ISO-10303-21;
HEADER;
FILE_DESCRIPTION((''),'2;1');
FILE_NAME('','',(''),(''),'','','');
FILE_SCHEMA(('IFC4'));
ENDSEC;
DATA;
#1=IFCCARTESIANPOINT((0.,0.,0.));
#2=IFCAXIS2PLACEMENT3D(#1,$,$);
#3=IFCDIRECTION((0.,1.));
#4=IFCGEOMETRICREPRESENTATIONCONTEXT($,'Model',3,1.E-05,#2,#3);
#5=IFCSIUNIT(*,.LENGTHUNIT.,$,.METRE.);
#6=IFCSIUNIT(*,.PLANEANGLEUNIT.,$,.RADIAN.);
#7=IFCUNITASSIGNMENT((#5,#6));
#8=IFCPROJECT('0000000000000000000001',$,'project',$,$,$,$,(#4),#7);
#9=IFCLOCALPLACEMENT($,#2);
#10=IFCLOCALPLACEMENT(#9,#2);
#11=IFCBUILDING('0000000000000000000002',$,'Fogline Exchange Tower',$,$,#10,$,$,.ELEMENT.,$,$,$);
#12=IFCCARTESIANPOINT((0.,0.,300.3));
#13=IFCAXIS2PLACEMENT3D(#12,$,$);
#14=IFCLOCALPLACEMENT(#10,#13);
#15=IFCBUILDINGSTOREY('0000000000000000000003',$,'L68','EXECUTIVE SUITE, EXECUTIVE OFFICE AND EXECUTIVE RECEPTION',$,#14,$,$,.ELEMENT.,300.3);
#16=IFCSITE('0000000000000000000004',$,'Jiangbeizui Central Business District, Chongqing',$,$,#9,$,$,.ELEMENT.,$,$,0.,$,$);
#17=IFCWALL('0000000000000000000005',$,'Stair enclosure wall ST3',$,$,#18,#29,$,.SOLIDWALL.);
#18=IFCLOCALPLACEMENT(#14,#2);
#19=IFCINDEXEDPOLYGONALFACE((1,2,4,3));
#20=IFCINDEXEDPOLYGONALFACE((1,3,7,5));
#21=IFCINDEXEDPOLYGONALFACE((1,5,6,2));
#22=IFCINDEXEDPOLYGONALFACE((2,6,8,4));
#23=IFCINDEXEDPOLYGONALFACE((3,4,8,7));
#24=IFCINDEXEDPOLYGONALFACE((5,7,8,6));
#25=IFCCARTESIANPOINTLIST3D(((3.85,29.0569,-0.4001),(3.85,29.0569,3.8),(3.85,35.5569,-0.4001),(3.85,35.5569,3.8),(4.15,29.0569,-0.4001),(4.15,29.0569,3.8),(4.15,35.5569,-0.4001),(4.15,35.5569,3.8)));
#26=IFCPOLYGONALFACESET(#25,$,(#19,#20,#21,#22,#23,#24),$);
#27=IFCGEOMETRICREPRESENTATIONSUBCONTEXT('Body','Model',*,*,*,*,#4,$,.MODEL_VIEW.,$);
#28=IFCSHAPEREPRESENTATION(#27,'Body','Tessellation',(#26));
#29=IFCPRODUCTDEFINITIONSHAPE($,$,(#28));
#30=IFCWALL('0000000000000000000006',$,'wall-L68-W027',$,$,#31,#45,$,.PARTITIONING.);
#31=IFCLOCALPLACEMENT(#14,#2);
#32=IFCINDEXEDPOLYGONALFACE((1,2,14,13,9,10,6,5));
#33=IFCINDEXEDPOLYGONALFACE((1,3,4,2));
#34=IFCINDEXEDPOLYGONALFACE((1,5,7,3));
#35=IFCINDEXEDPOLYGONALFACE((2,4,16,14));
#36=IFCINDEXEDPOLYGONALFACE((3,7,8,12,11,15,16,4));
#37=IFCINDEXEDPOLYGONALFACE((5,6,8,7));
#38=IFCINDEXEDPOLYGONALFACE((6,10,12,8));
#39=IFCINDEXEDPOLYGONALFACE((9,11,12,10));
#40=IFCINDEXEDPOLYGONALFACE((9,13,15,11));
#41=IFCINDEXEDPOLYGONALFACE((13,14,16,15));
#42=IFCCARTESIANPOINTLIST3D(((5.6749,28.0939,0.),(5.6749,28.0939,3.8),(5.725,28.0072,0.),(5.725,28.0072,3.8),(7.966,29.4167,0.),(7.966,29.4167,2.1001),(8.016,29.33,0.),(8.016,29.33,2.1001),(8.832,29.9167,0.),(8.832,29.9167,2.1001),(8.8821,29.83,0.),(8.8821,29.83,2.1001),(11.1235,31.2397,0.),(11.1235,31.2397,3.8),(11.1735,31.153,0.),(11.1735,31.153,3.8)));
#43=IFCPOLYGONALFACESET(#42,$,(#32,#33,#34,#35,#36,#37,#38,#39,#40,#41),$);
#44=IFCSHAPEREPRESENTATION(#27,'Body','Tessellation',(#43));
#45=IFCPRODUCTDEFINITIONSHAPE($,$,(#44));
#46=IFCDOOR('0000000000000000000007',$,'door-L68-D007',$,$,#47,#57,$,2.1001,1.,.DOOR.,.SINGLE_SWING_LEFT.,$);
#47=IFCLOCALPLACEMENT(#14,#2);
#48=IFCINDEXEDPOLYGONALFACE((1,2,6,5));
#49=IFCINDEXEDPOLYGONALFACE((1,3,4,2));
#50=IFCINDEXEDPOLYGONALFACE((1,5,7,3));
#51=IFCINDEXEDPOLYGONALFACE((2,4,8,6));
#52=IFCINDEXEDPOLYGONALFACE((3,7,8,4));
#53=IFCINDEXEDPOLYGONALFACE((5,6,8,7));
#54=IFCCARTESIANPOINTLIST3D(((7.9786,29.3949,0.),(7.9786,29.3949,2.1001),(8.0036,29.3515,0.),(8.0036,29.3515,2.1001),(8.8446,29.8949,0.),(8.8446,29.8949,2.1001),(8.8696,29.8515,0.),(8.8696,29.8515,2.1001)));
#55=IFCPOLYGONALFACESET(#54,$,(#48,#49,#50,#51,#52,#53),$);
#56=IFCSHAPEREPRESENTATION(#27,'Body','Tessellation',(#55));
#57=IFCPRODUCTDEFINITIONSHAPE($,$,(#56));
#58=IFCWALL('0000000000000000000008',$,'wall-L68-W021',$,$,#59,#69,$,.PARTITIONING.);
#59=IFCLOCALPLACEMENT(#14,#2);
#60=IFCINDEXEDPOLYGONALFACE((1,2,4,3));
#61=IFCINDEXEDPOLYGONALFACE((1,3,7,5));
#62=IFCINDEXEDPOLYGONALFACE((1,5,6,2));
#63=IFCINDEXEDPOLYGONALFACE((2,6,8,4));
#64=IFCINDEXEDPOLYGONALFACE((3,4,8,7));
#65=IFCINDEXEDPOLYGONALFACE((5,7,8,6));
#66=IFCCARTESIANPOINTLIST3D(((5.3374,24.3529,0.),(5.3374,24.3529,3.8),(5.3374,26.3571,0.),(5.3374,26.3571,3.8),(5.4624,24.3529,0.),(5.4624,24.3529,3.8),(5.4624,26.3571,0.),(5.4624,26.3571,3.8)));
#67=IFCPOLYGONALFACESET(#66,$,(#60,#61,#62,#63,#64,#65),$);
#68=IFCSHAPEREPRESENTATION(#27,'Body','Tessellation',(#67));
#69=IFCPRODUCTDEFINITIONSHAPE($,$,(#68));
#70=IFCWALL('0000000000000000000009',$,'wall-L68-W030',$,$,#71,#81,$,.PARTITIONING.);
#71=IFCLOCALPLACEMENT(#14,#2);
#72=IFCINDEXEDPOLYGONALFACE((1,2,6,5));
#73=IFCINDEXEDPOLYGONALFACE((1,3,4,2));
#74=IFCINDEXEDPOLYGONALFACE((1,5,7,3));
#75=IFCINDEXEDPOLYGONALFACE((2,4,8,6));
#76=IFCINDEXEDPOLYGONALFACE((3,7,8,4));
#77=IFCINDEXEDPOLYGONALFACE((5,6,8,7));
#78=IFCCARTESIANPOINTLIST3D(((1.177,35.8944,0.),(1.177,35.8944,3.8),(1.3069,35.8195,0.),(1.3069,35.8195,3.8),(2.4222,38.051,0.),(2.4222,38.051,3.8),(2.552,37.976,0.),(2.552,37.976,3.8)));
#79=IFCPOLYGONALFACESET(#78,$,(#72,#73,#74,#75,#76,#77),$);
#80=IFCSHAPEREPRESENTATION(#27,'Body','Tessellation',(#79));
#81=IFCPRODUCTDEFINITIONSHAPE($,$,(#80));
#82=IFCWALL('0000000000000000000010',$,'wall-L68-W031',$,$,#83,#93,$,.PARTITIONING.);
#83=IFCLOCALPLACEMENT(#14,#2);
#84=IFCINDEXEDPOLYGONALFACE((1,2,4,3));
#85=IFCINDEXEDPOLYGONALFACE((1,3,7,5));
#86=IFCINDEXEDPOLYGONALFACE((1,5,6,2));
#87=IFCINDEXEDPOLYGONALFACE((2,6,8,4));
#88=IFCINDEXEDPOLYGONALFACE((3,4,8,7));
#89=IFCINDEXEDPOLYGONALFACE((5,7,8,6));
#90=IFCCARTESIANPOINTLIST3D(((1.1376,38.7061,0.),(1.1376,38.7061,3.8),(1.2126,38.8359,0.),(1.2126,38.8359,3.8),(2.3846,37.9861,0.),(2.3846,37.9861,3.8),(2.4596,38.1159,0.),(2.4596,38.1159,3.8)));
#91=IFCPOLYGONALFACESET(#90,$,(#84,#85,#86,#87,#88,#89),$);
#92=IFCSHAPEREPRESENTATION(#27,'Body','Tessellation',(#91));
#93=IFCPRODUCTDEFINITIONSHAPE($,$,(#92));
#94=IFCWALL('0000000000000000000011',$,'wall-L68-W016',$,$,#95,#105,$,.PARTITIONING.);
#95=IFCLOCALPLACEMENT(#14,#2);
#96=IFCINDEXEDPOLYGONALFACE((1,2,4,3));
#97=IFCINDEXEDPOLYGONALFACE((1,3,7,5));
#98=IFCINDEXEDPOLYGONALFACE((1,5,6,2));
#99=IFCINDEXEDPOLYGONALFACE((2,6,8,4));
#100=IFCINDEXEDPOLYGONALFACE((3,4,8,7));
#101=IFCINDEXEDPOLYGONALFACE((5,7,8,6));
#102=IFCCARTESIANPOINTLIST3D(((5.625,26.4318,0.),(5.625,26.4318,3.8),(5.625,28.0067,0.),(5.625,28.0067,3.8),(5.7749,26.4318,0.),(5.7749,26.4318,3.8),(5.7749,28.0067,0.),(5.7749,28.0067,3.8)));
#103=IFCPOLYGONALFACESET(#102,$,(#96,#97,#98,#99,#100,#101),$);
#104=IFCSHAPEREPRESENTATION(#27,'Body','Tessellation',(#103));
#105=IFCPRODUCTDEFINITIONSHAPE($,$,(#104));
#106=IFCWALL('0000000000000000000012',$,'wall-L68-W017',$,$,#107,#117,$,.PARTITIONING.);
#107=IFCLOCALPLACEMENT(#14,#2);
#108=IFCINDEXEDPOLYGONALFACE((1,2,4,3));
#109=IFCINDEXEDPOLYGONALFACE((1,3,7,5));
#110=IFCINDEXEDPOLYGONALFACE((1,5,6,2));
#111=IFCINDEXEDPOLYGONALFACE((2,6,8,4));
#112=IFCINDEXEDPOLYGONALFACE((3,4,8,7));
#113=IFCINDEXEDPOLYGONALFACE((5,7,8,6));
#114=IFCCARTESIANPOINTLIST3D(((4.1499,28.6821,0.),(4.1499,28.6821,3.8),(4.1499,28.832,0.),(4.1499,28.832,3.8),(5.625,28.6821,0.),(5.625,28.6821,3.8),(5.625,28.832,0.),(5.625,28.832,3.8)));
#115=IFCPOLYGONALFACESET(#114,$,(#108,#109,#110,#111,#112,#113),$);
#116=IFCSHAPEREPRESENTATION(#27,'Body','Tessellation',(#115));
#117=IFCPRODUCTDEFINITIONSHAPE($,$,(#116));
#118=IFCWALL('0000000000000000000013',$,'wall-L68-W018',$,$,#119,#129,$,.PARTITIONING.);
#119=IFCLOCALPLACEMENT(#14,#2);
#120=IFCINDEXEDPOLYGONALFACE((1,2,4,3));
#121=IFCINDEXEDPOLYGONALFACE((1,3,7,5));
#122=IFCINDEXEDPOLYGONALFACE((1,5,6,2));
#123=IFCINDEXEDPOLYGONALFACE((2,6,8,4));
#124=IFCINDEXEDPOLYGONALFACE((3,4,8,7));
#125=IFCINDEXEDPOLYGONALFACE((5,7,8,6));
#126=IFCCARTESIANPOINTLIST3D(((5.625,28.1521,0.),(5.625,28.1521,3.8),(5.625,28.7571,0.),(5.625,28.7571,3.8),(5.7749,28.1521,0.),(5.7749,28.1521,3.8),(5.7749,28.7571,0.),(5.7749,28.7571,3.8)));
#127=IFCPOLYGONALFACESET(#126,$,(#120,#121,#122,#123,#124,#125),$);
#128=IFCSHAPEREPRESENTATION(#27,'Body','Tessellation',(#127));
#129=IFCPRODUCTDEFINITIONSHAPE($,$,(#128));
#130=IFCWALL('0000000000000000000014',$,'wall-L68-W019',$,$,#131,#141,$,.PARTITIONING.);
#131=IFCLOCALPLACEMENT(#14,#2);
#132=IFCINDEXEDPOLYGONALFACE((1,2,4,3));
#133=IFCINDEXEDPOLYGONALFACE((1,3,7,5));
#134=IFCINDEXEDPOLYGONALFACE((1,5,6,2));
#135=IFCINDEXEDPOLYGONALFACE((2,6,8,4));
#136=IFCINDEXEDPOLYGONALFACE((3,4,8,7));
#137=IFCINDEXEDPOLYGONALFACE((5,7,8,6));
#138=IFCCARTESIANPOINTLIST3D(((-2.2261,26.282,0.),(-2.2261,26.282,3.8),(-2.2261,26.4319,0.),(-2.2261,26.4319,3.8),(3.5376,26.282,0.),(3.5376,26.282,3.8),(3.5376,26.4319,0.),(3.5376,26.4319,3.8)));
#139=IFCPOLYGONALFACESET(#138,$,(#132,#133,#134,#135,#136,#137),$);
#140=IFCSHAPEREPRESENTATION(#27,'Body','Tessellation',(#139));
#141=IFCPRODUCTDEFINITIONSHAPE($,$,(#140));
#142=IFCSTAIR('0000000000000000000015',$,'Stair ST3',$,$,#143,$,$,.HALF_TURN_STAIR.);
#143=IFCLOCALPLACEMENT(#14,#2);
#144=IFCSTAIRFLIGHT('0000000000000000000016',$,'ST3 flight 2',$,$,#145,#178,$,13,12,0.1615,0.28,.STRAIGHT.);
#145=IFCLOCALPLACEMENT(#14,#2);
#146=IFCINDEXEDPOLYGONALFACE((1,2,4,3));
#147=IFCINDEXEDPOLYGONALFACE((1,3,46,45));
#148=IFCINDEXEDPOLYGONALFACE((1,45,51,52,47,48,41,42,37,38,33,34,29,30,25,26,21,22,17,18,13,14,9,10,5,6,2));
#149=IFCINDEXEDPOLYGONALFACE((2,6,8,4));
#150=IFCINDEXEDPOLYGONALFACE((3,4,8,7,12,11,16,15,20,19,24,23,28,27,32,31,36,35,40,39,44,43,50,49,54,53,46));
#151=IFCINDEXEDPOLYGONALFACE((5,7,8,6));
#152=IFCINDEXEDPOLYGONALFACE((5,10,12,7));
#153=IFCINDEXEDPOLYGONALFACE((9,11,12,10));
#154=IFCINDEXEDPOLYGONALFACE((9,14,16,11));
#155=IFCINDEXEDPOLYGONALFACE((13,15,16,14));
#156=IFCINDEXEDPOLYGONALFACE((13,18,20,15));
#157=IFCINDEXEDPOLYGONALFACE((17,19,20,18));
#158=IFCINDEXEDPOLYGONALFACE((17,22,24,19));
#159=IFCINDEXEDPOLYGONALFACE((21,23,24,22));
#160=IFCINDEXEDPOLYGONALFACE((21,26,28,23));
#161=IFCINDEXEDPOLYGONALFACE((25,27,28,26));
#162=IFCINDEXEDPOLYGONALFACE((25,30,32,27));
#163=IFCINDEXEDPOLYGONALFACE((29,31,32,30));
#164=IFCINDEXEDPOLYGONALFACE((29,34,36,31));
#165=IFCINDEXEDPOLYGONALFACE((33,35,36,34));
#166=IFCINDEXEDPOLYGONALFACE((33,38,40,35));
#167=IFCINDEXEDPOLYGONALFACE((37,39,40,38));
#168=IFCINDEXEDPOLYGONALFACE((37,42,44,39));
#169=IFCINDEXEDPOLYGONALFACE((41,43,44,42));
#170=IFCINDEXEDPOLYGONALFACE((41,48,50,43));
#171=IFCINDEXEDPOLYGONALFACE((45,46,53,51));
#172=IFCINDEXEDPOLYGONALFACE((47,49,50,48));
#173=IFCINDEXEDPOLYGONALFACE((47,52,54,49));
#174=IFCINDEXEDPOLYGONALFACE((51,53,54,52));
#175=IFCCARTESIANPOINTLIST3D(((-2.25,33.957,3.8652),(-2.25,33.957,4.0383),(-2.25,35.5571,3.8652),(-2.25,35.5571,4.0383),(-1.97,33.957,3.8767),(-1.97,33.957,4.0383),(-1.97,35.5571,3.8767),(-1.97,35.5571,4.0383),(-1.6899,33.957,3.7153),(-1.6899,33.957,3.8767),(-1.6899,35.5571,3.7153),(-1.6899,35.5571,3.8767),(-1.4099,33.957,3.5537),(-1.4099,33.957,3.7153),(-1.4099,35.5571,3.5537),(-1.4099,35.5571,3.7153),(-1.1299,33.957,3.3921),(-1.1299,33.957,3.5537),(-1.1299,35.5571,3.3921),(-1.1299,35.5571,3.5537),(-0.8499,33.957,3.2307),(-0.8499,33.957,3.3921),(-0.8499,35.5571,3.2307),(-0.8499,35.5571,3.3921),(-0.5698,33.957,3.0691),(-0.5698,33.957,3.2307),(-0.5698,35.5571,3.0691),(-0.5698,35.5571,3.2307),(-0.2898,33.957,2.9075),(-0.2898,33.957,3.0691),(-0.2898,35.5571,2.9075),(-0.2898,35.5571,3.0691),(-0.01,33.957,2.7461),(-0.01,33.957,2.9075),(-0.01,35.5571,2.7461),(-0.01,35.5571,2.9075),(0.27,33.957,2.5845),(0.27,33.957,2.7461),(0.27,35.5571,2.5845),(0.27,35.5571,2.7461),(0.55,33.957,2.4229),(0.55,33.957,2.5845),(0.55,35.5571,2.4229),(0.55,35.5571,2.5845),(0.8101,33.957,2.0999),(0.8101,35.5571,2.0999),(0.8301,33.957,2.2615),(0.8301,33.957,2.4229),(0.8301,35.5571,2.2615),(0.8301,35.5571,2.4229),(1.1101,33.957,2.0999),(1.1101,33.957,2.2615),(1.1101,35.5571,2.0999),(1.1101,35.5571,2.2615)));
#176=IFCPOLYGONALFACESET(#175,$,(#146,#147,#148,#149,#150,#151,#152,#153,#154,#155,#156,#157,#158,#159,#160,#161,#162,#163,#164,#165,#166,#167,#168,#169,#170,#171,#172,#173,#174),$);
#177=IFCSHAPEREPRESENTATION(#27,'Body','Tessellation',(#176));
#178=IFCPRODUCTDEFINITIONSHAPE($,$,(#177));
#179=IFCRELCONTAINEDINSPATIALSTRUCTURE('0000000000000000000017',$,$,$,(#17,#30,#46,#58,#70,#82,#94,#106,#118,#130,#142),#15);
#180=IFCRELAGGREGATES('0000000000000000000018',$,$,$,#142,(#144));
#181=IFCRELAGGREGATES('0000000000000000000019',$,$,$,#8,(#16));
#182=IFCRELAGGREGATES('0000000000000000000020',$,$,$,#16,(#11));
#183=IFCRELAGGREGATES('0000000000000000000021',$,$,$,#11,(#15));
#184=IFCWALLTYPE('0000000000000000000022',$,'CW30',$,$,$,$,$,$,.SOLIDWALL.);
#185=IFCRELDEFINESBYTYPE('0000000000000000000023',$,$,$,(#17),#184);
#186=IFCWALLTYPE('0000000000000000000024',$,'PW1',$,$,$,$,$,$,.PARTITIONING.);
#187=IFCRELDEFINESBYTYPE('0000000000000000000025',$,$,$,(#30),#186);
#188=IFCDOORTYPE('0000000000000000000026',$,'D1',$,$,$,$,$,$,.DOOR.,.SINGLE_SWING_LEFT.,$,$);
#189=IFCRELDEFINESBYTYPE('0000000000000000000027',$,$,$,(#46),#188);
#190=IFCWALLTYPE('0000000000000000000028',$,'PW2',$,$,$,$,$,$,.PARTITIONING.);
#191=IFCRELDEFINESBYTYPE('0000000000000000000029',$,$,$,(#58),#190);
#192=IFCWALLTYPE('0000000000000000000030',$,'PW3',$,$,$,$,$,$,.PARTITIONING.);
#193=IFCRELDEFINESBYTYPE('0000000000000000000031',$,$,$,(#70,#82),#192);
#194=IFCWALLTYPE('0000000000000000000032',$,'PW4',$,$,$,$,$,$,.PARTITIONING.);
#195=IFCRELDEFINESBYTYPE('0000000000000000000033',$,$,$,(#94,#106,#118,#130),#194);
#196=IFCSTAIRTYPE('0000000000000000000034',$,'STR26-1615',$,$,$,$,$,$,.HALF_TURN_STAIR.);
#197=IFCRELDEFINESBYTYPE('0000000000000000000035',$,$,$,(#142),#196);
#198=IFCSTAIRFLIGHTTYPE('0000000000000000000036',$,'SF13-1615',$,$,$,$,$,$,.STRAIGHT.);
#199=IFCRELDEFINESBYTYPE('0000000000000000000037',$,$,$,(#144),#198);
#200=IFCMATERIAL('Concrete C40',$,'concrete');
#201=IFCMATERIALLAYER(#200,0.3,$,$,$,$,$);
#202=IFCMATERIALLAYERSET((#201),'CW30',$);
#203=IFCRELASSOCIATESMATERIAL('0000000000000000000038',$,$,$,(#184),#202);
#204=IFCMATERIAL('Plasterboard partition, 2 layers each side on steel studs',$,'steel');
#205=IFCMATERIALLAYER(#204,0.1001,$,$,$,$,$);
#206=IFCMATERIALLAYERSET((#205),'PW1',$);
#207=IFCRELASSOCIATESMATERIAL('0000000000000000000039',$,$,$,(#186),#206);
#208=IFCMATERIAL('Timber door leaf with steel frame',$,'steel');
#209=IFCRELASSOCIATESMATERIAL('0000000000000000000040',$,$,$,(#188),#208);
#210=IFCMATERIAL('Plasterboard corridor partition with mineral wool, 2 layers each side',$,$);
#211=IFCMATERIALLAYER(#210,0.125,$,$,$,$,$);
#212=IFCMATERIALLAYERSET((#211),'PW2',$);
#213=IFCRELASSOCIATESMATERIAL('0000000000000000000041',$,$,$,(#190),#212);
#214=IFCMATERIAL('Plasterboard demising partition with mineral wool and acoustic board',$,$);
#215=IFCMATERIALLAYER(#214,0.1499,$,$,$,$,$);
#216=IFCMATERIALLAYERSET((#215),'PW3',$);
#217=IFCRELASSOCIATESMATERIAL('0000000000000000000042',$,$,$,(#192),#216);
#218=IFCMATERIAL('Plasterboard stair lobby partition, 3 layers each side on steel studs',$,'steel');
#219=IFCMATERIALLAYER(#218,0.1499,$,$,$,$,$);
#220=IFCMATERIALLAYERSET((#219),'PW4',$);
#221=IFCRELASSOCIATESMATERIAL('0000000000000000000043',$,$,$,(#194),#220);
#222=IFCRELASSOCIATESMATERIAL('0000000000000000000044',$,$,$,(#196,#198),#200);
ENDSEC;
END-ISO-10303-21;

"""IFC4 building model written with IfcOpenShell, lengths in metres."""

from ifc_helpers import new_model, si_unit, direction, frame, frame_2d, origin, place, context, subcontext, project, spatial, polyline, rectangle, outline, extrude, material, layer, layer_set, type_object, element, fill, aggregate, save


model = new_model("IFC4")

# Units and contexts
model_context = context("Model", 3, precision=1e-05, world=origin(), true_north=direction((0.0, 1.0)))
body_context = subcontext(model_context, "Body", "Model", "MODEL_VIEW")
ifc_project = project(units=[si_unit("LENGTHUNIT", "METRE"), si_unit("PLANEANGLEUNIT", "RADIAN")], contexts=[model_context])

# Site, building, storey
site_placement = place(None, origin())
site = spatial("IfcSite", under=ifc_project, at=site_placement, Name="Jiangbeizui Central Business District, Chongqing", CompositionType="ELEMENT", RefElevation=0.0)
building_placement = place(site_placement, origin())
building = spatial("IfcBuilding", under=site, at=building_placement, Name="Fogline Exchange Tower", CompositionType="ELEMENT")
storey_placement = place(building_placement, frame((0.0, 0.0, 300.3)))
storey = spatial("IfcBuildingStorey", under=building, at=storey_placement, Name="L68", Description="EXECUTIVE SUITE, EXECUTIVE OFFICE AND EXECUTIVE RECEPTION", CompositionType="ELEMENT", Elevation=300.3)

# Shared definitions
ifc_material_1 = material(Name="Concrete C40", Category="concrete")

# Wall
ifc_layer_1 = layer(ifc_material_1, 0.3)
ifc_layer_set_1 = layer_set([ifc_layer_1], Name="CW30")
wall_type_1 = type_object("IfcWallType", Name="CW30", PredefinedType="SOLIDWALL", material=ifc_layer_set_1)
wall_1_placement = place(storey_placement, frame((4.0, 29.0569, -0.4001), z_axis=(0.0, 0.0, 1.0), x_axis=(0.0, 1.0, 0.0)))
element("IfcWall", 1, at=wall_1_placement, inside=storey, type_object=wall_type_1, Name="Stair enclosure wall ST3", PredefinedType="SOLIDWALL", context=body_context, shape_type="SweptSolid", body=[
    extrude(rectangle(XDim=6.5, YDim=0.3, at=frame_2d((3.25, 0.0))), origin(), (0.0, 0.0, 1.0), 4.2002),
])

# Wall, opening, door
ifc_material_2 = material(Name="Plasterboard partition, 2 layers each side on steel studs", Category="steel")
ifc_layer_2 = layer(ifc_material_2, 0.1001)
ifc_layer_set_2 = layer_set([ifc_layer_2], Name="PW1")
wall_type_2 = type_object("IfcWallType", Name="PW1", PredefinedType="PARTITIONING", material=ifc_layer_set_2)
wall_2_placement = place(storey_placement, frame((5.7, 28.0505, 0.0), z_axis=(0.0, 0.0, 1.0), x_axis=(0.866021, 0.500008, 0.0)))
wall_2 = element("IfcWall", 2, at=wall_2_placement, inside=storey, type_object=wall_type_2, Name="wall-L68-W027", PredefinedType="PARTITIONING", context=body_context, shape_type="SweptSolid", body=[
    extrude(rectangle(XDim=6.2915, YDim=0.1001, at=frame_2d((3.1458, 0.0))), origin(), (0.0, 0.0, 1.0), 3.8),
])
opening_1_placement = place(wall_2_placement, frame((2.6455, 0.0, 0.0)))
opening_1 = element("IfcOpeningElement", 3, at=opening_1_placement, cuts=wall_2, PredefinedType="OPENING", context=body_context, shape_type="SweptSolid", body=[
    extrude(rectangle(XDim=1.0, YDim=2.1001, at=frame_2d((0.5, 1.05))), frame((0.0, 0.0601, 0.0), z_axis=(0.0, -1.0, 0.0), x_axis=(1.0, 0.0, 0.0)), (0.0, 0.0, 1.0), 0.1201),
])
ifc_material_3 = material(Name="Timber door leaf with steel frame", Category="steel")
door_type_1 = type_object("IfcDoorType", Name="D1", OperationType="SINGLE_SWING_LEFT", PredefinedType="DOOR", material=ifc_material_3)
door_1_placement = place(opening_1_placement, origin())
door_1 = element("IfcDoor", 4, at=door_1_placement, inside=storey, type_object=door_type_1, Name="door-L68-D007", OperationType="SINGLE_SWING_LEFT", OverallHeight=2.1001, OverallWidth=1.0, PredefinedType="DOOR", context=body_context, shape_type="SweptSolid", body=[
    extrude(rectangle(XDim=1.0, YDim=2.1001, at=frame_2d((0.5, 1.05))), frame((0.0, 0.0249, 0.0), z_axis=(0.0, -1.0, 0.0), x_axis=(1.0, 0.0, 0.0)), (0.0, 0.0, 1.0), 0.05),
])
fill(opening_1, door_1)

# Walls
ifc_material_4 = material(Name="Plasterboard corridor partition with mineral wool, 2 layers each side")
ifc_layer_3 = layer(ifc_material_4, 0.125)
ifc_layer_set_3 = layer_set([ifc_layer_3], Name="PW2")
wall_type_3 = type_object("IfcWallType", Name="PW2", PredefinedType="PARTITIONING", material=ifc_layer_set_3)
wall_3_placement = place(storey_placement, frame((5.3999, 26.3569, 0.0), z_axis=(0.0, 0.0, 1.0), x_axis=(0.0, -1.0, 0.0)))
element("IfcWall", 5, at=wall_3_placement, inside=storey, type_object=wall_type_3, Name="wall-L68-W021", PredefinedType="PARTITIONING", context=body_context, shape_type="SweptSolid", body=[
    extrude(rectangle(XDim=2.0042, YDim=0.125, at=frame_2d((1.002, 0.0))), origin(), (0.0, 0.0, 1.0), 3.8),
])
ifc_material_5 = material(Name="Plasterboard demising partition with mineral wool and acoustic board")
ifc_layer_4 = layer(ifc_material_5, 0.1499)
ifc_layer_set_4 = layer_set([ifc_layer_4], Name="PW3")
wall_type_4 = type_object("IfcWallType", Name="PW3", PredefinedType="PARTITIONING", material=ifc_layer_set_4)
wall_4_placement = place(storey_placement, frame((1.2419, 35.8569, 0.0), z_axis=(0.0, 0.0, 1.0), x_axis=(0.500019, 0.866014, 0.0)))
element("IfcWall", 6, at=wall_4_placement, inside=storey, type_object=wall_type_4, Name="wall-L68-W030", PredefinedType="PARTITIONING", context=body_context, shape_type="SweptSolid", body=[
    extrude(rectangle(XDim=2.4902, YDim=0.1499, at=frame_2d((1.2451, 0.0))), origin(), (0.0, 0.0, 1.0), 3.8),
])
wall_5_placement = place(storey_placement, frame((2.4221, 38.051, 0.0), z_axis=(0.0, 0.0, 1.0), x_axis=(-0.866033, 0.499987, 0.0)))
element("IfcWall", 7, at=wall_5_placement, inside=storey, type_object=wall_type_4, Name="wall-L68-W031", PredefinedType="PARTITIONING", context=body_context, shape_type="SweptSolid", body=[
    extrude(rectangle(XDim=1.4399, YDim=0.1499, at=frame_2d((0.72, 0.0))), origin(), (0.0, 0.0, 1.0), 3.8),
])
ifc_material_6 = material(Name="Plasterboard stair lobby partition, 3 layers each side on steel studs", Category="steel")
ifc_layer_5 = layer(ifc_material_6, 0.1499)
ifc_layer_set_5 = layer_set([ifc_layer_5], Name="PW4")
wall_type_5 = type_object("IfcWallType", Name="PW4", PredefinedType="PARTITIONING", material=ifc_layer_set_5)
wall_6_placement = place(storey_placement, frame((5.7, 28.0068, 0.0), z_axis=(0.0, 0.0, 1.0), x_axis=(0.0, -1.0, 0.0)))
element("IfcWall", 8, at=wall_6_placement, inside=storey, type_object=wall_type_5, Name="wall-L68-W016", PredefinedType="PARTITIONING", context=body_context, shape_type="SweptSolid", body=[
    extrude(rectangle(XDim=1.575, YDim=0.1499, at=frame_2d((0.7876, 0.0))), origin(), (0.0, 0.0, 1.0), 3.8),
])
wall_7_placement = place(storey_placement, frame((4.1499, 28.7571, 0.0), z_axis=(0.0, 0.0, 1.0), x_axis=(1.0, 0.0, 0.0)))
element("IfcWall", 9, at=wall_7_placement, inside=storey, type_object=wall_type_5, Name="wall-L68-W017", PredefinedType="PARTITIONING", context=body_context, shape_type="SweptSolid", body=[
    extrude(rectangle(XDim=1.4751, YDim=0.1499, at=frame_2d((0.7375, 0.0))), origin(), (0.0, 0.0, 1.0), 3.8),
])
wall_8_placement = place(storey_placement, frame((5.7, 28.7571, 0.0), z_axis=(0.0, 0.0, 1.0), x_axis=(0.0, -1.0, 0.0)))
element("IfcWall", 10, at=wall_8_placement, inside=storey, type_object=wall_type_5, Name="wall-L68-W018", PredefinedType="PARTITIONING", context=body_context, shape_type="SweptSolid", body=[
    extrude(rectangle(XDim=0.605, YDim=0.1499, at=frame_2d((0.3025, 0.0))), origin(), (0.0, 0.0, 1.0), 3.8),
])
wall_9_placement = place(storey_placement, frame((3.5376, 26.3569, 0.0), z_axis=(0.0, 0.0, 1.0), x_axis=(-1.0, 0.0, 0.0)))
element("IfcWall", 11, at=wall_9_placement, inside=storey, type_object=wall_type_5, Name="wall-L68-W019", PredefinedType="PARTITIONING", context=body_context, shape_type="SweptSolid", body=[
    extrude(rectangle(XDim=5.7637, YDim=0.1499, at=frame_2d((2.8818, 0.0))), origin(), (0.0, 0.0, 1.0), 3.8),
])

# Stair, stair flight
stair_type = type_object("IfcStairType", Name="STR26-1615", PredefinedType="HALF_TURN_STAIR", material=ifc_material_1)
stair_placement = place(storey_placement, origin())
stair = element("IfcStair", 12, at=stair_placement, inside=storey, type_object=stair_type, Name="Stair ST3", PredefinedType="HALF_TURN_STAIR")
stair_flight_type = type_object("IfcStairFlightType", Name="SF13-1615", PredefinedType="STRAIGHT", material=ifc_material_1)
stair_flight_placement = place(storey_placement, frame((1.1101, 34.7571, 2.0999), z_axis=(0.0, 0.0, 1.0), x_axis=(-1.0, 0.0, 0.0)))
stair_flight = element("IfcStairFlight", 13, at=stair_flight_placement, type_object=stair_flight_type, Name="ST3 flight 2", NumberOfRisers=13, NumberOfTreads=12, PredefinedType="STRAIGHT", RiserHeight=0.1615, TreadLength=0.28, context=body_context, shape_type="SweptSolid", body=[
    extrude(outline(polyline([(0.0, 0.0), (0.0, 0.1616), (0.28, 0.1616), (0.28, 0.323), (0.5601, 0.323), (0.5601, 0.4846), (0.8401, 0.4846), (0.8401, 0.6462), (1.1201, 0.6462), (1.1201, 0.8076), (1.3999, 0.8076), (1.3999, 0.9692), (1.6799, 0.9692), (1.6799, 1.1309), (1.96, 1.1309), (1.96, 1.2922), (2.24, 1.2922), (2.24, 1.4539), (2.52, 1.4539), (2.52, 1.6155), (2.8, 1.6155), (2.8, 1.7769), (3.0801, 1.7769), (3.0801, 1.9385), (3.3601, 1.9385), (3.3601, 2.1001), (3.3601, 1.7654), (0.3, 0.0), (0.0, 0.0)])), frame((0.0, 0.8, 0.0), z_axis=(0.0, -1.0, 0.0), x_axis=(1.0, 0.0, 0.0)), (0.0, 0.0, 1.0), 1.6001),
])
aggregate(stair, [stair_flight])

save(model, "model.ifc")
